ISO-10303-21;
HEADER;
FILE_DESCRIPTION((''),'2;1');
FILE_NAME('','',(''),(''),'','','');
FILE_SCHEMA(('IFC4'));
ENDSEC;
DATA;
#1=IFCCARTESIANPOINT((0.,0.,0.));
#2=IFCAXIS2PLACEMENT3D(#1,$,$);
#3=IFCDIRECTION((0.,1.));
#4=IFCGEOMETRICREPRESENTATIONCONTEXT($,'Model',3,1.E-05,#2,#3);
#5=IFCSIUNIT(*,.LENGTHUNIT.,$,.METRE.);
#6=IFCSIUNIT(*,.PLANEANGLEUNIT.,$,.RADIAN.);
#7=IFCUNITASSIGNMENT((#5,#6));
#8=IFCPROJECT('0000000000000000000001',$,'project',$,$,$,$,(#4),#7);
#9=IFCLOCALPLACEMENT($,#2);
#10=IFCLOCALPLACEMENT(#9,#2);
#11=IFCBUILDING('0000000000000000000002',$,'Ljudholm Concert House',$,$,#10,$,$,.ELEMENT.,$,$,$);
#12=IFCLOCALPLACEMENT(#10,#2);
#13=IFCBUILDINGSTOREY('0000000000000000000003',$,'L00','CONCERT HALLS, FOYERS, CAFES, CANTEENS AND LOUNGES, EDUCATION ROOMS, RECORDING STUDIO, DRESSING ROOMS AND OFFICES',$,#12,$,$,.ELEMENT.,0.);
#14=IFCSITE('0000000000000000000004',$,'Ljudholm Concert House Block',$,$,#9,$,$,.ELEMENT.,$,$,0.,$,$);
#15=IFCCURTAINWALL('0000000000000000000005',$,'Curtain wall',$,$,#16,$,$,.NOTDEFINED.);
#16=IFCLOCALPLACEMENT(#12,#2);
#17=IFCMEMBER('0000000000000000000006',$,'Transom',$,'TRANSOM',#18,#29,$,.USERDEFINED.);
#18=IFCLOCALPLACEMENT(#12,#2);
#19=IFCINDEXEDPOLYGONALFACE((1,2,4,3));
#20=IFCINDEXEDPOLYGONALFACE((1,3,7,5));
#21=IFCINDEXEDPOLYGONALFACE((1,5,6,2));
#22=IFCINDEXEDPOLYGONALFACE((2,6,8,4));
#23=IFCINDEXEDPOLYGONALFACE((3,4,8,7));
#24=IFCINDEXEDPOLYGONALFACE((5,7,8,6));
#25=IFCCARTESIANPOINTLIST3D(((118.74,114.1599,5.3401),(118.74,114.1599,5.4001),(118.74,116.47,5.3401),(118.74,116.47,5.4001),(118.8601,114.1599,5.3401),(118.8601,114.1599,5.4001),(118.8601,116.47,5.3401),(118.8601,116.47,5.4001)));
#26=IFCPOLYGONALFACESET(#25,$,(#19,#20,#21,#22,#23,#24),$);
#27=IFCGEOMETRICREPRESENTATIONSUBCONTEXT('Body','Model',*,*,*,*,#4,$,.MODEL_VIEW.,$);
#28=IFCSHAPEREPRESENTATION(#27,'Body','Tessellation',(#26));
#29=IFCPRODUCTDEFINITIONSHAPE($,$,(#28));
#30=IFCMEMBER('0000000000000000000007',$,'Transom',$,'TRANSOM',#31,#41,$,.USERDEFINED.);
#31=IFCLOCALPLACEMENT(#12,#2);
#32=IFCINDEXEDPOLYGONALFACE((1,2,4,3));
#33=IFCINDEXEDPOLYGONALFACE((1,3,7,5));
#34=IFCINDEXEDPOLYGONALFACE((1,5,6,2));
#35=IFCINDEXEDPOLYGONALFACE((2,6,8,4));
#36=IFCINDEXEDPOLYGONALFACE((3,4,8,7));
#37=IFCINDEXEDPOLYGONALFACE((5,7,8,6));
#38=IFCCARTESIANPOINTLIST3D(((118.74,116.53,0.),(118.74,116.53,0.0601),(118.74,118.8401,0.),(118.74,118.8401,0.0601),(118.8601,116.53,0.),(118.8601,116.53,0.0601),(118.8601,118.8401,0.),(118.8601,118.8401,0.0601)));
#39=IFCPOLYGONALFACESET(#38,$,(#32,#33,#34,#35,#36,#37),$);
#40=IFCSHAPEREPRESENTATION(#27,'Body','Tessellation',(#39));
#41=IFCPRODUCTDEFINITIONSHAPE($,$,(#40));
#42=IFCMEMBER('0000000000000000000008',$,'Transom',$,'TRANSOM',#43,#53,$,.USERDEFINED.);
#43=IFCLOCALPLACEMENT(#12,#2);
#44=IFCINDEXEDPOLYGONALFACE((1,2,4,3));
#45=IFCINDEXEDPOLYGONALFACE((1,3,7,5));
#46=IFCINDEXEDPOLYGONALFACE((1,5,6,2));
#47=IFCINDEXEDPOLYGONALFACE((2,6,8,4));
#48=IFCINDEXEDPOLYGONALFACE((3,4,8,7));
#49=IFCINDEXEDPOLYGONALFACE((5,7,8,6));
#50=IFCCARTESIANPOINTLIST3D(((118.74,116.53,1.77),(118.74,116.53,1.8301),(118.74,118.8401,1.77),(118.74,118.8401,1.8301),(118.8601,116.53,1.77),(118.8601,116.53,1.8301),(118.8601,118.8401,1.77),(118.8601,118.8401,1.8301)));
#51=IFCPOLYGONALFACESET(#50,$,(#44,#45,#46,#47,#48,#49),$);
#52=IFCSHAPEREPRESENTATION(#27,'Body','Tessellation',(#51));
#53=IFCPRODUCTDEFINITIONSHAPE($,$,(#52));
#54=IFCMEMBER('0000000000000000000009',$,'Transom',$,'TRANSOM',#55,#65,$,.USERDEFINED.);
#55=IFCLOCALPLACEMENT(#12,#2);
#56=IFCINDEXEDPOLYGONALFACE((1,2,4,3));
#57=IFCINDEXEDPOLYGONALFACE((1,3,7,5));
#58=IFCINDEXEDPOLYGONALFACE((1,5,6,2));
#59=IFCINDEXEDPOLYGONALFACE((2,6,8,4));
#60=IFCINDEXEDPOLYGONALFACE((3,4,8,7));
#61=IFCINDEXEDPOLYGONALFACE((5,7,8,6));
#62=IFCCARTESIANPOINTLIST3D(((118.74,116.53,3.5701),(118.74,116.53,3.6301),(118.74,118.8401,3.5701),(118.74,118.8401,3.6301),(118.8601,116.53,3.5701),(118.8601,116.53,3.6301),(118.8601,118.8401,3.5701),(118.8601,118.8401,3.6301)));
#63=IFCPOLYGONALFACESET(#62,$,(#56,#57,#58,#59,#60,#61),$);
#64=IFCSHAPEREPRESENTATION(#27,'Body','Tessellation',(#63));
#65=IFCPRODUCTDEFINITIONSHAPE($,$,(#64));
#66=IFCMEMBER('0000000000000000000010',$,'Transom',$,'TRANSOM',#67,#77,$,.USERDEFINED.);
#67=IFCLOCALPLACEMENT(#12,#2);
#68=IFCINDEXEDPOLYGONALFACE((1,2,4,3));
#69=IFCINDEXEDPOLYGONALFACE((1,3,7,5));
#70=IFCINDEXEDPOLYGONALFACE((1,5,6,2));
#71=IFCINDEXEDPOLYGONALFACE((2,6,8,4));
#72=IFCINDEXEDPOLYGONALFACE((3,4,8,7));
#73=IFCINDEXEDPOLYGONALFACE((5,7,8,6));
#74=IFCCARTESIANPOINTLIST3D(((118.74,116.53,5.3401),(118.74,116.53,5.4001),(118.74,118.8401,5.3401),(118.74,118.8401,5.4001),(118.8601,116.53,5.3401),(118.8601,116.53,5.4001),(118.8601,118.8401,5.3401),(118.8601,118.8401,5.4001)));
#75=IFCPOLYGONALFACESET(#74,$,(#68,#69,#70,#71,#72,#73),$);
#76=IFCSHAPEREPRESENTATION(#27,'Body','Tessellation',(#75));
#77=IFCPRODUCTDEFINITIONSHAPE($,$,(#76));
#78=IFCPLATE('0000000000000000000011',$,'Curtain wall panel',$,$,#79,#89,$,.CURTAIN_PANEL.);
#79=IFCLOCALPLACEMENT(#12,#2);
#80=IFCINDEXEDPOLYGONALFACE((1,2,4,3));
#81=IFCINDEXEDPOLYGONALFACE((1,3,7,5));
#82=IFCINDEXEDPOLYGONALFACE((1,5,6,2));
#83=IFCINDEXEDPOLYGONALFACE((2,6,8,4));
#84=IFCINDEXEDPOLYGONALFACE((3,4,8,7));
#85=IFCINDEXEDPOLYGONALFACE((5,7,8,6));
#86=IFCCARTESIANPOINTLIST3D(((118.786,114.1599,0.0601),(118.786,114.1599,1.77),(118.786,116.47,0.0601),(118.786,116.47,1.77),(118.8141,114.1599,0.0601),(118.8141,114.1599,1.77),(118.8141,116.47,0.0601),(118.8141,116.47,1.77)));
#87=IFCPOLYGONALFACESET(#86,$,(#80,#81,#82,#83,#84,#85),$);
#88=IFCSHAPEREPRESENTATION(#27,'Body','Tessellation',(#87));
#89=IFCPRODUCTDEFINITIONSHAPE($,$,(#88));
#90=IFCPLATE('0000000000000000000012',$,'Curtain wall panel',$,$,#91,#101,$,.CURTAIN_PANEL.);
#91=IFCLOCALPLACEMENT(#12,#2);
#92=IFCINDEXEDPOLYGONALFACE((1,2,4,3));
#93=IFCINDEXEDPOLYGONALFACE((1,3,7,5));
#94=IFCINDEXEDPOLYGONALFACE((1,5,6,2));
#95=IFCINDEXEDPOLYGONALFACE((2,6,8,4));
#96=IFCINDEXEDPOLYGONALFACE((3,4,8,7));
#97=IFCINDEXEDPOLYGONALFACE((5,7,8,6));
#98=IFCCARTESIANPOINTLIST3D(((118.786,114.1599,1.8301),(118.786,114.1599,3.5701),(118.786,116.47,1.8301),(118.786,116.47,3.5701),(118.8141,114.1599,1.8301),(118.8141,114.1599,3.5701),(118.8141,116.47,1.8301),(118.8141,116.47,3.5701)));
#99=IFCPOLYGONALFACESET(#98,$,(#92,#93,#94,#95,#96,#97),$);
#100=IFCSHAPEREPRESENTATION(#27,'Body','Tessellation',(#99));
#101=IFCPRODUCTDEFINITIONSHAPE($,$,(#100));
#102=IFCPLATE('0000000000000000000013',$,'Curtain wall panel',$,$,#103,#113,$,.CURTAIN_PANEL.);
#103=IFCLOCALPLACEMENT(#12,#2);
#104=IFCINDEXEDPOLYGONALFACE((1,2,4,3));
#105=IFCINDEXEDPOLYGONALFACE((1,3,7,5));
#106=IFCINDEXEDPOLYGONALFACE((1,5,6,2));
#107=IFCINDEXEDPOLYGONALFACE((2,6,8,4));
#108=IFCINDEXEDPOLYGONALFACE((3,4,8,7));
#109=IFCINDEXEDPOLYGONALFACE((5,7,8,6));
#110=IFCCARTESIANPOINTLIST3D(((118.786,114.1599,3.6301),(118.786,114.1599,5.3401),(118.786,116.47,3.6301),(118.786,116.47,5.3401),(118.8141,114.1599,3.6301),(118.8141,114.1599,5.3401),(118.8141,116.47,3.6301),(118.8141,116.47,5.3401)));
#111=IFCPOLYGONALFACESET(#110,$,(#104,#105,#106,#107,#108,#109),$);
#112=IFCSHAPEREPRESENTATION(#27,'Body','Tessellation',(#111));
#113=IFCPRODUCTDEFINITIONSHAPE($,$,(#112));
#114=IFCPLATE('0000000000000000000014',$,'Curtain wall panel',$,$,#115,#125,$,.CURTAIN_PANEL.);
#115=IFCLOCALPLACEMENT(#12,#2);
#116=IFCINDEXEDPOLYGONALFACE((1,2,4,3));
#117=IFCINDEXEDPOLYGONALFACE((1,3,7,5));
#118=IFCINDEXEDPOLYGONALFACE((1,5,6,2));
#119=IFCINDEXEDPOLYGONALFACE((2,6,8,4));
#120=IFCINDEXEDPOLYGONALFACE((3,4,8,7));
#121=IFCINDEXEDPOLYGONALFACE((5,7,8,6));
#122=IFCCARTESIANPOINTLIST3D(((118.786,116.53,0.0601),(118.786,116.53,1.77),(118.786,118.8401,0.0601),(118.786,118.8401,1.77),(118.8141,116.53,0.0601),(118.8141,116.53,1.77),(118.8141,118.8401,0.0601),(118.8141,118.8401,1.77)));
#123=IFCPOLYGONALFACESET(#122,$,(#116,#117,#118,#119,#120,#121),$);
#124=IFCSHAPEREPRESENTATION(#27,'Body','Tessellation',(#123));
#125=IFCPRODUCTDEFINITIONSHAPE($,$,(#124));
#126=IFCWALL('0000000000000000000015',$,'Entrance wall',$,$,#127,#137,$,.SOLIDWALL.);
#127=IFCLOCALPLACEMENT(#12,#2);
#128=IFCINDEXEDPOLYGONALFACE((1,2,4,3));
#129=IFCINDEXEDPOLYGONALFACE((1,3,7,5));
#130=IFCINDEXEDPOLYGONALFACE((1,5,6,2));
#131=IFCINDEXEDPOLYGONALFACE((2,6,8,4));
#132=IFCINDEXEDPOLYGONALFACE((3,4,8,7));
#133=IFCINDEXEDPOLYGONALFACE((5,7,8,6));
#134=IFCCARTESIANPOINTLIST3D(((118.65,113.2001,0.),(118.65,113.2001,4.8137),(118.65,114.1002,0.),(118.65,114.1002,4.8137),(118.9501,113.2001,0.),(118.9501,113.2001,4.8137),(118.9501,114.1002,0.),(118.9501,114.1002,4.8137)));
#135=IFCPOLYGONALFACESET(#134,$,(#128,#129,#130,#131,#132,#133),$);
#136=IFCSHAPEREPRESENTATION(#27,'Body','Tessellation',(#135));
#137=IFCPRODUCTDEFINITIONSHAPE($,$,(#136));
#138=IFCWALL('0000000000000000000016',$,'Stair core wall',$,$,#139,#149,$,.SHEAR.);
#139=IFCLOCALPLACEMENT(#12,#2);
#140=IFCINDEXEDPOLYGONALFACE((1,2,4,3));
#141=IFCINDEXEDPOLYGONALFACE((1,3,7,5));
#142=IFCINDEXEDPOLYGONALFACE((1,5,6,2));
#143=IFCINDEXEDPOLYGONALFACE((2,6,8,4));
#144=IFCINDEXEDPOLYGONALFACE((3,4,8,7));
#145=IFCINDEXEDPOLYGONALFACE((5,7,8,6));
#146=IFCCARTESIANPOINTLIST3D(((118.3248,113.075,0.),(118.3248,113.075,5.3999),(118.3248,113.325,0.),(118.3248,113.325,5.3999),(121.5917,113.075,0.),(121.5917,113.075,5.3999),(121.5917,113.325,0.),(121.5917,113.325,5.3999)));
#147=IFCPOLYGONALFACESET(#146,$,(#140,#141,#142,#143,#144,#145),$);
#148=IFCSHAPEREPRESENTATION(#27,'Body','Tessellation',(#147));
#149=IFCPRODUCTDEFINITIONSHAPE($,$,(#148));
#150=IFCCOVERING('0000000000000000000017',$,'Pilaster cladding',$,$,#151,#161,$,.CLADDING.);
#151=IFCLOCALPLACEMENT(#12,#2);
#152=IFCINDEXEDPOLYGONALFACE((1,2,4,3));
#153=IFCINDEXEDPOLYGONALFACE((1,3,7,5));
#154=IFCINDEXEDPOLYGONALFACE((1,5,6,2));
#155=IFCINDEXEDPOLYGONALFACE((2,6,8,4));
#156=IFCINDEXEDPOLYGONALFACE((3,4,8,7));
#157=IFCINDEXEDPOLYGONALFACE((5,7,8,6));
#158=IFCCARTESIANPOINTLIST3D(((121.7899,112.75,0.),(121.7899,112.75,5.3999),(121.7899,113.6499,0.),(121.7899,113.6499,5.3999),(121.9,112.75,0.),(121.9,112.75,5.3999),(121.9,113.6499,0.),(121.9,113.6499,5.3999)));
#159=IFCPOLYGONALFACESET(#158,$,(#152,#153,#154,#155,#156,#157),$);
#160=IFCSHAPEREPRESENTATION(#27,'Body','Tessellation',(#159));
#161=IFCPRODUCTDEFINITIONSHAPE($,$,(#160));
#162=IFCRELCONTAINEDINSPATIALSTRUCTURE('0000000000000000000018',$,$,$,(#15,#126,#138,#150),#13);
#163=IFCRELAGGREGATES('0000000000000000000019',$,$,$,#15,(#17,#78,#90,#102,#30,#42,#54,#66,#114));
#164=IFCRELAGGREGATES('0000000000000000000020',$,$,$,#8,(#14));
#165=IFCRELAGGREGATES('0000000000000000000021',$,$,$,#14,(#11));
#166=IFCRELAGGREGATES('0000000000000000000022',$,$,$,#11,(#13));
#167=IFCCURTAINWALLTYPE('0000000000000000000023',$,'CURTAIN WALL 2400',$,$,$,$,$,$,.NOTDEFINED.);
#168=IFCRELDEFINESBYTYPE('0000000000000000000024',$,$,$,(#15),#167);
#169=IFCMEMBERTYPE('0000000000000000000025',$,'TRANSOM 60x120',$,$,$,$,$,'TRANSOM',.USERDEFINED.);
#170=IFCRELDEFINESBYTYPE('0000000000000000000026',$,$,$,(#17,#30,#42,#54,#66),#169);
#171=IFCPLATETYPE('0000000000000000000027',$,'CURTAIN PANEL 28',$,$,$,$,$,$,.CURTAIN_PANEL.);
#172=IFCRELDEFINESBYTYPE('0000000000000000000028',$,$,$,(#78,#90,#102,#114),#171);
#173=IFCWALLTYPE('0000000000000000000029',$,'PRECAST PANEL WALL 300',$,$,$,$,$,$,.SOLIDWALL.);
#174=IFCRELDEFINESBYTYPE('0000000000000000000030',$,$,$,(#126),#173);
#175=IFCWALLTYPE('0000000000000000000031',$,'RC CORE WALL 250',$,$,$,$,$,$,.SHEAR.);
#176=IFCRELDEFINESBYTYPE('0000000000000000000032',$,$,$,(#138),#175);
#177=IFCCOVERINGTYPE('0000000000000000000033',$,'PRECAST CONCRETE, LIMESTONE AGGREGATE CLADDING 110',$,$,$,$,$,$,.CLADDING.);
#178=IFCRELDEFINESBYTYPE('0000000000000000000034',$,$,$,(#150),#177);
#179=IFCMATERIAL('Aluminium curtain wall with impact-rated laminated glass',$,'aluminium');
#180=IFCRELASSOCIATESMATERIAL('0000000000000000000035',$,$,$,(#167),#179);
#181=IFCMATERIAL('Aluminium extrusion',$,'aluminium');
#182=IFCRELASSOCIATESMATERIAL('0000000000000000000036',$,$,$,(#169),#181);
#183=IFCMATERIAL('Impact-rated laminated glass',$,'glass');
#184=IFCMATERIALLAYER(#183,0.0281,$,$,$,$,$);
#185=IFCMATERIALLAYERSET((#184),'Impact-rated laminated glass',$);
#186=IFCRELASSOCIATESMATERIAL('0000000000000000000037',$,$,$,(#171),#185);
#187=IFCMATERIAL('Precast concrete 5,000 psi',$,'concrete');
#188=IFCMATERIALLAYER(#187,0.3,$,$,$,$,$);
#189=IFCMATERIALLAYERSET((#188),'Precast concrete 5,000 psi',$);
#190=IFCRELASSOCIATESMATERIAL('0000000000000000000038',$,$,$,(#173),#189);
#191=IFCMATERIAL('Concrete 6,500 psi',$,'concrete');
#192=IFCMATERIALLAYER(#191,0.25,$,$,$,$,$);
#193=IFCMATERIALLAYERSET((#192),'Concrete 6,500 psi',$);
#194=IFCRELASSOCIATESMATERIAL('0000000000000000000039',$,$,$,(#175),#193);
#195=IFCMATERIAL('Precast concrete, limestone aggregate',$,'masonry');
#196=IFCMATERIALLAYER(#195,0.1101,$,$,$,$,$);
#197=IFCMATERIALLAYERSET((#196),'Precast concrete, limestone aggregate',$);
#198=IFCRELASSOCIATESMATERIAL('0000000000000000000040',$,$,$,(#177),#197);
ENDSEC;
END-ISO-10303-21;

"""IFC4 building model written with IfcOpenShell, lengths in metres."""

from ifc_helpers import new_model, si_unit, direction, frame, frame_2d, origin, origin_2d, place, context, subcontext, project, spatial, rectangle, extrude, material, layer, layer_set, material_profile, profile_set, type_object, element, aggregate, save


model = new_model("IFC4")

# Units and contexts
model_context = context("Model", 3, precision=1e-05, world=origin(), true_north=direction((0.0, 1.0)))
body_context = subcontext(model_context, "Body", "Model", "MODEL_VIEW")
ifc_project = project(units=[si_unit("LENGTHUNIT", "METRE"), si_unit("PLANEANGLEUNIT", "RADIAN")], contexts=[model_context])

# Site, building, storey
site_placement = place(None, origin())
site = spatial("IfcSite", under=ifc_project, at=site_placement, Name="Ljudholm Concert House Block", CompositionType="ELEMENT", RefElevation=0.0)
building_placement = place(site_placement, origin())
building = spatial("IfcBuilding", under=site, at=building_placement, Name="Ljudholm Concert House", CompositionType="ELEMENT")
storey_placement = place(building_placement, origin())
storey = spatial("IfcBuildingStorey", under=building, at=storey_placement, Name="L00", Description="CONCERT HALLS, FOYERS, CAFES, CANTEENS AND LOUNGES, EDUCATION ROOMS, RECORDING STUDIO, DRESSING ROOMS AND OFFICES", CompositionType="ELEMENT", Elevation=0.0)

# Curtain wall
ifc_material_1 = material(Name="Aluminium curtain wall with impact-rated laminated glass", Category="aluminium")
curtain_wall_type = type_object("IfcCurtainWallType", Name="CURTAIN WALL 2400", PredefinedType="NOTDEFINED", material=ifc_material_1)
curtain_wall_placement = place(storey_placement, origin())
curtain_wall = element("IfcCurtainWall", 1, at=curtain_wall_placement, inside=storey, type_object=curtain_wall_type, Name="Curtain wall", PredefinedType="NOTDEFINED")

# Members
ifc_material_2 = material(Name="Aluminium extrusion", Category="aluminium")
ifc_material_profile_1 = material_profile(ifc_material_2, rectangle(XDim=0.1201, YDim=0.0601, at=origin_2d()), Name="TRANSOM 60x120")
ifc_profile_set_1 = profile_set([ifc_material_profile_1], Name="Aluminium extrusion")
member_type_1 = type_object("IfcMemberType", Name="TRANSOM 60x120", ElementType="TRANSOM", PredefinedType="USERDEFINED", material=ifc_profile_set_1)
member_1_placement = place(storey_placement, frame((118.8, 114.1599, 5.3701), z_axis=(0.0, 1.0, 0.0), x_axis=(-1.0, 0.0, 0.0)))
member_1 = element("IfcMember", 2, at=member_1_placement, type_object=member_type_1, Name="Transom", ObjectType="TRANSOM", PredefinedType="USERDEFINED", context=body_context, shape_type="SweptSolid", body=[
    extrude(rectangle(XDim=0.1201, YDim=0.0601, at=origin_2d()), origin(), (0.0, 0.0, 1.0), 2.3101),
])
member_2_placement = place(storey_placement, frame((118.8, 116.53, 0.03), z_axis=(0.0, 1.0, 0.0), x_axis=(-1.0, 0.0, 0.0)))
member_2 = element("IfcMember", 3, at=member_2_placement, type_object=member_type_1, Name="Transom", ObjectType="TRANSOM", PredefinedType="USERDEFINED", context=body_context, shape_type="SweptSolid", body=[
    extrude(rectangle(XDim=0.1201, YDim=0.0601, at=origin_2d()), origin(), (0.0, 0.0, 1.0), 2.3101),
])
member_3_placement = place(storey_placement, frame((118.8, 116.53, 1.8), z_axis=(0.0, 1.0, 0.0), x_axis=(-1.0, 0.0, 0.0)))
member_3 = element("IfcMember", 4, at=member_3_placement, type_object=member_type_1, Name="Transom", ObjectType="TRANSOM", PredefinedType="USERDEFINED", context=body_context, shape_type="SweptSolid", body=[
    extrude(rectangle(XDim=0.1201, YDim=0.0601, at=origin_2d()), origin(), (0.0, 0.0, 1.0), 2.3101),
])
member_4_placement = place(storey_placement, frame((118.8, 116.53, 3.6001), z_axis=(0.0, 1.0, 0.0), x_axis=(-1.0, 0.0, 0.0)))
member_4 = element("IfcMember", 5, at=member_4_placement, type_object=member_type_1, Name="Transom", ObjectType="TRANSOM", PredefinedType="USERDEFINED", context=body_context, shape_type="SweptSolid", body=[
    extrude(rectangle(XDim=0.1201, YDim=0.0601, at=origin_2d()), origin(), (0.0, 0.0, 1.0), 2.3101),
])
member_5_placement = place(storey_placement, frame((118.8, 116.53, 5.3701), z_axis=(0.0, 1.0, 0.0), x_axis=(-1.0, 0.0, 0.0)))
member_5 = element("IfcMember", 6, at=member_5_placement, type_object=member_type_1, Name="Transom", ObjectType="TRANSOM", PredefinedType="USERDEFINED", context=body_context, shape_type="SweptSolid", body=[
    extrude(rectangle(XDim=0.1201, YDim=0.0601, at=origin_2d()), origin(), (0.0, 0.0, 1.0), 2.3101),
])

# Plates
ifc_material_3 = material(Name="Impact-rated laminated glass", Category="glass")
ifc_layer_1 = layer(ifc_material_3, 0.0281)
ifc_layer_set_1 = layer_set([ifc_layer_1], Name="Impact-rated laminated glass")
plate_type = type_object("IfcPlateType", Name="CURTAIN PANEL 28", PredefinedType="CURTAIN_PANEL", material=ifc_layer_set_1)
plate_1_placement = place(storey_placement, frame((118.8, 115.3149, 0.0601), z_axis=(0.0, 0.0, 1.0), x_axis=(0.0, 1.0, 0.0)))
plate_1 = element("IfcPlate", 7, at=plate_1_placement, type_object=plate_type, Name="Curtain wall panel", PredefinedType="CURTAIN_PANEL", context=body_context, shape_type="SweptSolid", body=[
    extrude(rectangle(XDim=2.3101, YDim=0.0281, at=origin_2d()), origin(), (0.0, 0.0, 1.0), 1.71),
])
plate_2_placement = place(storey_placement, frame((118.8, 115.3149, 1.8301), z_axis=(0.0, 0.0, 1.0), x_axis=(0.0, 1.0, 0.0)))
plate_2 = element("IfcPlate", 8, at=plate_2_placement, type_object=plate_type, Name="Curtain wall panel", PredefinedType="CURTAIN_PANEL", context=body_context, shape_type="SweptSolid", body=[
    extrude(rectangle(XDim=2.3101, YDim=0.0281, at=origin_2d()), origin(), (0.0, 0.0, 1.0), 1.74),
])
plate_3_placement = place(storey_placement, frame((118.8, 115.3149, 3.6301), z_axis=(0.0, 0.0, 1.0), x_axis=(0.0, 1.0, 0.0)))
plate_3 = element("IfcPlate", 9, at=plate_3_placement, type_object=plate_type, Name="Curtain wall panel", PredefinedType="CURTAIN_PANEL", context=body_context, shape_type="SweptSolid", body=[
    extrude(rectangle(XDim=2.3101, YDim=0.0281, at=origin_2d()), origin(), (0.0, 0.0, 1.0), 1.71),
])
plate_4_placement = place(storey_placement, frame((118.8, 117.6851, 0.0601), z_axis=(0.0, 0.0, 1.0), x_axis=(0.0, 1.0, 0.0)))
plate_4 = element("IfcPlate", 10, at=plate_4_placement, type_object=plate_type, Name="Curtain wall panel", PredefinedType="CURTAIN_PANEL", context=body_context, shape_type="SweptSolid", body=[
    extrude(rectangle(XDim=2.3101, YDim=0.0281, at=origin_2d()), origin(), (0.0, 0.0, 1.0), 1.71),
])
aggregate(curtain_wall, [member_1, plate_1, plate_2, plate_3, member_2, member_3, member_4, member_5, plate_4])

# Walls
ifc_material_4 = material(Name="Precast concrete 5,000 psi", Category="concrete")
ifc_layer_2 = layer(ifc_material_4, 0.3)
ifc_layer_set_2 = layer_set([ifc_layer_2], Name="Precast concrete 5,000 psi")
wall_type_1 = type_object("IfcWallType", Name="PRECAST PANEL WALL 300", PredefinedType="SOLIDWALL", material=ifc_layer_set_2)
wall_1_placement = place(storey_placement, frame((118.8, 113.2, 0.0), z_axis=(0.0, 0.0, 1.0), x_axis=(0.0, 1.0, 0.0)))
element("IfcWall", 11, at=wall_1_placement, inside=storey, type_object=wall_type_1, Name="Entrance wall", PredefinedType="SOLIDWALL", context=body_context, shape_type="SweptSolid", body=[
    extrude(rectangle(XDim=0.9001, YDim=0.3, at=frame_2d((0.4502, 0.0))), origin(), (0.0, 0.0, 1.0), 4.8137),
])
ifc_material_5 = material(Name="Concrete 6,500 psi", Category="concrete")
ifc_layer_3 = layer(ifc_material_5, 0.25)
ifc_layer_set_3 = layer_set([ifc_layer_3], Name="Concrete 6,500 psi")
wall_type_2 = type_object("IfcWallType", Name="RC CORE WALL 250", PredefinedType="SHEAR", material=ifc_layer_set_3)
wall_2_placement = place(storey_placement, frame((118.325, 113.2, 0.0), z_axis=(0.0, 0.0, 1.0), x_axis=(1.0, 0.0, 0.0)))
element("IfcWall", 12, at=wall_2_placement, inside=storey, type_object=wall_type_2, Name="Stair core wall", PredefinedType="SHEAR", context=body_context, shape_type="SweptSolid", body=[
    extrude(rectangle(XDim=3.2668, YDim=0.25, at=frame_2d((1.6333, 0.0))), origin(), (0.0, 0.0, 1.0), 5.3999),
])

# Covering
ifc_material_6 = material(Name="Precast concrete, limestone aggregate", Category="masonry")
ifc_layer_4 = layer(ifc_material_6, 0.1101)
ifc_layer_set_4 = layer_set([ifc_layer_4], Name="Precast concrete, limestone aggregate")
covering_type = type_object("IfcCoveringType", Name="PRECAST CONCRETE, LIMESTONE AGGREGATE CLADDING 110", PredefinedType="CLADDING", material=ifc_layer_set_4)
covering_placement = place(storey_placement, frame((121.845, 113.2, 0.0), z_axis=(0.0, 0.0, 1.0), x_axis=(1.0, 0.0, 0.0)))
element("IfcCovering", 13, at=covering_placement, inside=storey, type_object=covering_type, Name="Pilaster cladding", PredefinedType="CLADDING", context=body_context, shape_type="SweptSolid", body=[
    extrude(rectangle(XDim=0.1101, YDim=0.8999, at=origin_2d()), origin(), (0.0, 0.0, 1.0), 5.3999),
])

save(model, "model.ifc")
